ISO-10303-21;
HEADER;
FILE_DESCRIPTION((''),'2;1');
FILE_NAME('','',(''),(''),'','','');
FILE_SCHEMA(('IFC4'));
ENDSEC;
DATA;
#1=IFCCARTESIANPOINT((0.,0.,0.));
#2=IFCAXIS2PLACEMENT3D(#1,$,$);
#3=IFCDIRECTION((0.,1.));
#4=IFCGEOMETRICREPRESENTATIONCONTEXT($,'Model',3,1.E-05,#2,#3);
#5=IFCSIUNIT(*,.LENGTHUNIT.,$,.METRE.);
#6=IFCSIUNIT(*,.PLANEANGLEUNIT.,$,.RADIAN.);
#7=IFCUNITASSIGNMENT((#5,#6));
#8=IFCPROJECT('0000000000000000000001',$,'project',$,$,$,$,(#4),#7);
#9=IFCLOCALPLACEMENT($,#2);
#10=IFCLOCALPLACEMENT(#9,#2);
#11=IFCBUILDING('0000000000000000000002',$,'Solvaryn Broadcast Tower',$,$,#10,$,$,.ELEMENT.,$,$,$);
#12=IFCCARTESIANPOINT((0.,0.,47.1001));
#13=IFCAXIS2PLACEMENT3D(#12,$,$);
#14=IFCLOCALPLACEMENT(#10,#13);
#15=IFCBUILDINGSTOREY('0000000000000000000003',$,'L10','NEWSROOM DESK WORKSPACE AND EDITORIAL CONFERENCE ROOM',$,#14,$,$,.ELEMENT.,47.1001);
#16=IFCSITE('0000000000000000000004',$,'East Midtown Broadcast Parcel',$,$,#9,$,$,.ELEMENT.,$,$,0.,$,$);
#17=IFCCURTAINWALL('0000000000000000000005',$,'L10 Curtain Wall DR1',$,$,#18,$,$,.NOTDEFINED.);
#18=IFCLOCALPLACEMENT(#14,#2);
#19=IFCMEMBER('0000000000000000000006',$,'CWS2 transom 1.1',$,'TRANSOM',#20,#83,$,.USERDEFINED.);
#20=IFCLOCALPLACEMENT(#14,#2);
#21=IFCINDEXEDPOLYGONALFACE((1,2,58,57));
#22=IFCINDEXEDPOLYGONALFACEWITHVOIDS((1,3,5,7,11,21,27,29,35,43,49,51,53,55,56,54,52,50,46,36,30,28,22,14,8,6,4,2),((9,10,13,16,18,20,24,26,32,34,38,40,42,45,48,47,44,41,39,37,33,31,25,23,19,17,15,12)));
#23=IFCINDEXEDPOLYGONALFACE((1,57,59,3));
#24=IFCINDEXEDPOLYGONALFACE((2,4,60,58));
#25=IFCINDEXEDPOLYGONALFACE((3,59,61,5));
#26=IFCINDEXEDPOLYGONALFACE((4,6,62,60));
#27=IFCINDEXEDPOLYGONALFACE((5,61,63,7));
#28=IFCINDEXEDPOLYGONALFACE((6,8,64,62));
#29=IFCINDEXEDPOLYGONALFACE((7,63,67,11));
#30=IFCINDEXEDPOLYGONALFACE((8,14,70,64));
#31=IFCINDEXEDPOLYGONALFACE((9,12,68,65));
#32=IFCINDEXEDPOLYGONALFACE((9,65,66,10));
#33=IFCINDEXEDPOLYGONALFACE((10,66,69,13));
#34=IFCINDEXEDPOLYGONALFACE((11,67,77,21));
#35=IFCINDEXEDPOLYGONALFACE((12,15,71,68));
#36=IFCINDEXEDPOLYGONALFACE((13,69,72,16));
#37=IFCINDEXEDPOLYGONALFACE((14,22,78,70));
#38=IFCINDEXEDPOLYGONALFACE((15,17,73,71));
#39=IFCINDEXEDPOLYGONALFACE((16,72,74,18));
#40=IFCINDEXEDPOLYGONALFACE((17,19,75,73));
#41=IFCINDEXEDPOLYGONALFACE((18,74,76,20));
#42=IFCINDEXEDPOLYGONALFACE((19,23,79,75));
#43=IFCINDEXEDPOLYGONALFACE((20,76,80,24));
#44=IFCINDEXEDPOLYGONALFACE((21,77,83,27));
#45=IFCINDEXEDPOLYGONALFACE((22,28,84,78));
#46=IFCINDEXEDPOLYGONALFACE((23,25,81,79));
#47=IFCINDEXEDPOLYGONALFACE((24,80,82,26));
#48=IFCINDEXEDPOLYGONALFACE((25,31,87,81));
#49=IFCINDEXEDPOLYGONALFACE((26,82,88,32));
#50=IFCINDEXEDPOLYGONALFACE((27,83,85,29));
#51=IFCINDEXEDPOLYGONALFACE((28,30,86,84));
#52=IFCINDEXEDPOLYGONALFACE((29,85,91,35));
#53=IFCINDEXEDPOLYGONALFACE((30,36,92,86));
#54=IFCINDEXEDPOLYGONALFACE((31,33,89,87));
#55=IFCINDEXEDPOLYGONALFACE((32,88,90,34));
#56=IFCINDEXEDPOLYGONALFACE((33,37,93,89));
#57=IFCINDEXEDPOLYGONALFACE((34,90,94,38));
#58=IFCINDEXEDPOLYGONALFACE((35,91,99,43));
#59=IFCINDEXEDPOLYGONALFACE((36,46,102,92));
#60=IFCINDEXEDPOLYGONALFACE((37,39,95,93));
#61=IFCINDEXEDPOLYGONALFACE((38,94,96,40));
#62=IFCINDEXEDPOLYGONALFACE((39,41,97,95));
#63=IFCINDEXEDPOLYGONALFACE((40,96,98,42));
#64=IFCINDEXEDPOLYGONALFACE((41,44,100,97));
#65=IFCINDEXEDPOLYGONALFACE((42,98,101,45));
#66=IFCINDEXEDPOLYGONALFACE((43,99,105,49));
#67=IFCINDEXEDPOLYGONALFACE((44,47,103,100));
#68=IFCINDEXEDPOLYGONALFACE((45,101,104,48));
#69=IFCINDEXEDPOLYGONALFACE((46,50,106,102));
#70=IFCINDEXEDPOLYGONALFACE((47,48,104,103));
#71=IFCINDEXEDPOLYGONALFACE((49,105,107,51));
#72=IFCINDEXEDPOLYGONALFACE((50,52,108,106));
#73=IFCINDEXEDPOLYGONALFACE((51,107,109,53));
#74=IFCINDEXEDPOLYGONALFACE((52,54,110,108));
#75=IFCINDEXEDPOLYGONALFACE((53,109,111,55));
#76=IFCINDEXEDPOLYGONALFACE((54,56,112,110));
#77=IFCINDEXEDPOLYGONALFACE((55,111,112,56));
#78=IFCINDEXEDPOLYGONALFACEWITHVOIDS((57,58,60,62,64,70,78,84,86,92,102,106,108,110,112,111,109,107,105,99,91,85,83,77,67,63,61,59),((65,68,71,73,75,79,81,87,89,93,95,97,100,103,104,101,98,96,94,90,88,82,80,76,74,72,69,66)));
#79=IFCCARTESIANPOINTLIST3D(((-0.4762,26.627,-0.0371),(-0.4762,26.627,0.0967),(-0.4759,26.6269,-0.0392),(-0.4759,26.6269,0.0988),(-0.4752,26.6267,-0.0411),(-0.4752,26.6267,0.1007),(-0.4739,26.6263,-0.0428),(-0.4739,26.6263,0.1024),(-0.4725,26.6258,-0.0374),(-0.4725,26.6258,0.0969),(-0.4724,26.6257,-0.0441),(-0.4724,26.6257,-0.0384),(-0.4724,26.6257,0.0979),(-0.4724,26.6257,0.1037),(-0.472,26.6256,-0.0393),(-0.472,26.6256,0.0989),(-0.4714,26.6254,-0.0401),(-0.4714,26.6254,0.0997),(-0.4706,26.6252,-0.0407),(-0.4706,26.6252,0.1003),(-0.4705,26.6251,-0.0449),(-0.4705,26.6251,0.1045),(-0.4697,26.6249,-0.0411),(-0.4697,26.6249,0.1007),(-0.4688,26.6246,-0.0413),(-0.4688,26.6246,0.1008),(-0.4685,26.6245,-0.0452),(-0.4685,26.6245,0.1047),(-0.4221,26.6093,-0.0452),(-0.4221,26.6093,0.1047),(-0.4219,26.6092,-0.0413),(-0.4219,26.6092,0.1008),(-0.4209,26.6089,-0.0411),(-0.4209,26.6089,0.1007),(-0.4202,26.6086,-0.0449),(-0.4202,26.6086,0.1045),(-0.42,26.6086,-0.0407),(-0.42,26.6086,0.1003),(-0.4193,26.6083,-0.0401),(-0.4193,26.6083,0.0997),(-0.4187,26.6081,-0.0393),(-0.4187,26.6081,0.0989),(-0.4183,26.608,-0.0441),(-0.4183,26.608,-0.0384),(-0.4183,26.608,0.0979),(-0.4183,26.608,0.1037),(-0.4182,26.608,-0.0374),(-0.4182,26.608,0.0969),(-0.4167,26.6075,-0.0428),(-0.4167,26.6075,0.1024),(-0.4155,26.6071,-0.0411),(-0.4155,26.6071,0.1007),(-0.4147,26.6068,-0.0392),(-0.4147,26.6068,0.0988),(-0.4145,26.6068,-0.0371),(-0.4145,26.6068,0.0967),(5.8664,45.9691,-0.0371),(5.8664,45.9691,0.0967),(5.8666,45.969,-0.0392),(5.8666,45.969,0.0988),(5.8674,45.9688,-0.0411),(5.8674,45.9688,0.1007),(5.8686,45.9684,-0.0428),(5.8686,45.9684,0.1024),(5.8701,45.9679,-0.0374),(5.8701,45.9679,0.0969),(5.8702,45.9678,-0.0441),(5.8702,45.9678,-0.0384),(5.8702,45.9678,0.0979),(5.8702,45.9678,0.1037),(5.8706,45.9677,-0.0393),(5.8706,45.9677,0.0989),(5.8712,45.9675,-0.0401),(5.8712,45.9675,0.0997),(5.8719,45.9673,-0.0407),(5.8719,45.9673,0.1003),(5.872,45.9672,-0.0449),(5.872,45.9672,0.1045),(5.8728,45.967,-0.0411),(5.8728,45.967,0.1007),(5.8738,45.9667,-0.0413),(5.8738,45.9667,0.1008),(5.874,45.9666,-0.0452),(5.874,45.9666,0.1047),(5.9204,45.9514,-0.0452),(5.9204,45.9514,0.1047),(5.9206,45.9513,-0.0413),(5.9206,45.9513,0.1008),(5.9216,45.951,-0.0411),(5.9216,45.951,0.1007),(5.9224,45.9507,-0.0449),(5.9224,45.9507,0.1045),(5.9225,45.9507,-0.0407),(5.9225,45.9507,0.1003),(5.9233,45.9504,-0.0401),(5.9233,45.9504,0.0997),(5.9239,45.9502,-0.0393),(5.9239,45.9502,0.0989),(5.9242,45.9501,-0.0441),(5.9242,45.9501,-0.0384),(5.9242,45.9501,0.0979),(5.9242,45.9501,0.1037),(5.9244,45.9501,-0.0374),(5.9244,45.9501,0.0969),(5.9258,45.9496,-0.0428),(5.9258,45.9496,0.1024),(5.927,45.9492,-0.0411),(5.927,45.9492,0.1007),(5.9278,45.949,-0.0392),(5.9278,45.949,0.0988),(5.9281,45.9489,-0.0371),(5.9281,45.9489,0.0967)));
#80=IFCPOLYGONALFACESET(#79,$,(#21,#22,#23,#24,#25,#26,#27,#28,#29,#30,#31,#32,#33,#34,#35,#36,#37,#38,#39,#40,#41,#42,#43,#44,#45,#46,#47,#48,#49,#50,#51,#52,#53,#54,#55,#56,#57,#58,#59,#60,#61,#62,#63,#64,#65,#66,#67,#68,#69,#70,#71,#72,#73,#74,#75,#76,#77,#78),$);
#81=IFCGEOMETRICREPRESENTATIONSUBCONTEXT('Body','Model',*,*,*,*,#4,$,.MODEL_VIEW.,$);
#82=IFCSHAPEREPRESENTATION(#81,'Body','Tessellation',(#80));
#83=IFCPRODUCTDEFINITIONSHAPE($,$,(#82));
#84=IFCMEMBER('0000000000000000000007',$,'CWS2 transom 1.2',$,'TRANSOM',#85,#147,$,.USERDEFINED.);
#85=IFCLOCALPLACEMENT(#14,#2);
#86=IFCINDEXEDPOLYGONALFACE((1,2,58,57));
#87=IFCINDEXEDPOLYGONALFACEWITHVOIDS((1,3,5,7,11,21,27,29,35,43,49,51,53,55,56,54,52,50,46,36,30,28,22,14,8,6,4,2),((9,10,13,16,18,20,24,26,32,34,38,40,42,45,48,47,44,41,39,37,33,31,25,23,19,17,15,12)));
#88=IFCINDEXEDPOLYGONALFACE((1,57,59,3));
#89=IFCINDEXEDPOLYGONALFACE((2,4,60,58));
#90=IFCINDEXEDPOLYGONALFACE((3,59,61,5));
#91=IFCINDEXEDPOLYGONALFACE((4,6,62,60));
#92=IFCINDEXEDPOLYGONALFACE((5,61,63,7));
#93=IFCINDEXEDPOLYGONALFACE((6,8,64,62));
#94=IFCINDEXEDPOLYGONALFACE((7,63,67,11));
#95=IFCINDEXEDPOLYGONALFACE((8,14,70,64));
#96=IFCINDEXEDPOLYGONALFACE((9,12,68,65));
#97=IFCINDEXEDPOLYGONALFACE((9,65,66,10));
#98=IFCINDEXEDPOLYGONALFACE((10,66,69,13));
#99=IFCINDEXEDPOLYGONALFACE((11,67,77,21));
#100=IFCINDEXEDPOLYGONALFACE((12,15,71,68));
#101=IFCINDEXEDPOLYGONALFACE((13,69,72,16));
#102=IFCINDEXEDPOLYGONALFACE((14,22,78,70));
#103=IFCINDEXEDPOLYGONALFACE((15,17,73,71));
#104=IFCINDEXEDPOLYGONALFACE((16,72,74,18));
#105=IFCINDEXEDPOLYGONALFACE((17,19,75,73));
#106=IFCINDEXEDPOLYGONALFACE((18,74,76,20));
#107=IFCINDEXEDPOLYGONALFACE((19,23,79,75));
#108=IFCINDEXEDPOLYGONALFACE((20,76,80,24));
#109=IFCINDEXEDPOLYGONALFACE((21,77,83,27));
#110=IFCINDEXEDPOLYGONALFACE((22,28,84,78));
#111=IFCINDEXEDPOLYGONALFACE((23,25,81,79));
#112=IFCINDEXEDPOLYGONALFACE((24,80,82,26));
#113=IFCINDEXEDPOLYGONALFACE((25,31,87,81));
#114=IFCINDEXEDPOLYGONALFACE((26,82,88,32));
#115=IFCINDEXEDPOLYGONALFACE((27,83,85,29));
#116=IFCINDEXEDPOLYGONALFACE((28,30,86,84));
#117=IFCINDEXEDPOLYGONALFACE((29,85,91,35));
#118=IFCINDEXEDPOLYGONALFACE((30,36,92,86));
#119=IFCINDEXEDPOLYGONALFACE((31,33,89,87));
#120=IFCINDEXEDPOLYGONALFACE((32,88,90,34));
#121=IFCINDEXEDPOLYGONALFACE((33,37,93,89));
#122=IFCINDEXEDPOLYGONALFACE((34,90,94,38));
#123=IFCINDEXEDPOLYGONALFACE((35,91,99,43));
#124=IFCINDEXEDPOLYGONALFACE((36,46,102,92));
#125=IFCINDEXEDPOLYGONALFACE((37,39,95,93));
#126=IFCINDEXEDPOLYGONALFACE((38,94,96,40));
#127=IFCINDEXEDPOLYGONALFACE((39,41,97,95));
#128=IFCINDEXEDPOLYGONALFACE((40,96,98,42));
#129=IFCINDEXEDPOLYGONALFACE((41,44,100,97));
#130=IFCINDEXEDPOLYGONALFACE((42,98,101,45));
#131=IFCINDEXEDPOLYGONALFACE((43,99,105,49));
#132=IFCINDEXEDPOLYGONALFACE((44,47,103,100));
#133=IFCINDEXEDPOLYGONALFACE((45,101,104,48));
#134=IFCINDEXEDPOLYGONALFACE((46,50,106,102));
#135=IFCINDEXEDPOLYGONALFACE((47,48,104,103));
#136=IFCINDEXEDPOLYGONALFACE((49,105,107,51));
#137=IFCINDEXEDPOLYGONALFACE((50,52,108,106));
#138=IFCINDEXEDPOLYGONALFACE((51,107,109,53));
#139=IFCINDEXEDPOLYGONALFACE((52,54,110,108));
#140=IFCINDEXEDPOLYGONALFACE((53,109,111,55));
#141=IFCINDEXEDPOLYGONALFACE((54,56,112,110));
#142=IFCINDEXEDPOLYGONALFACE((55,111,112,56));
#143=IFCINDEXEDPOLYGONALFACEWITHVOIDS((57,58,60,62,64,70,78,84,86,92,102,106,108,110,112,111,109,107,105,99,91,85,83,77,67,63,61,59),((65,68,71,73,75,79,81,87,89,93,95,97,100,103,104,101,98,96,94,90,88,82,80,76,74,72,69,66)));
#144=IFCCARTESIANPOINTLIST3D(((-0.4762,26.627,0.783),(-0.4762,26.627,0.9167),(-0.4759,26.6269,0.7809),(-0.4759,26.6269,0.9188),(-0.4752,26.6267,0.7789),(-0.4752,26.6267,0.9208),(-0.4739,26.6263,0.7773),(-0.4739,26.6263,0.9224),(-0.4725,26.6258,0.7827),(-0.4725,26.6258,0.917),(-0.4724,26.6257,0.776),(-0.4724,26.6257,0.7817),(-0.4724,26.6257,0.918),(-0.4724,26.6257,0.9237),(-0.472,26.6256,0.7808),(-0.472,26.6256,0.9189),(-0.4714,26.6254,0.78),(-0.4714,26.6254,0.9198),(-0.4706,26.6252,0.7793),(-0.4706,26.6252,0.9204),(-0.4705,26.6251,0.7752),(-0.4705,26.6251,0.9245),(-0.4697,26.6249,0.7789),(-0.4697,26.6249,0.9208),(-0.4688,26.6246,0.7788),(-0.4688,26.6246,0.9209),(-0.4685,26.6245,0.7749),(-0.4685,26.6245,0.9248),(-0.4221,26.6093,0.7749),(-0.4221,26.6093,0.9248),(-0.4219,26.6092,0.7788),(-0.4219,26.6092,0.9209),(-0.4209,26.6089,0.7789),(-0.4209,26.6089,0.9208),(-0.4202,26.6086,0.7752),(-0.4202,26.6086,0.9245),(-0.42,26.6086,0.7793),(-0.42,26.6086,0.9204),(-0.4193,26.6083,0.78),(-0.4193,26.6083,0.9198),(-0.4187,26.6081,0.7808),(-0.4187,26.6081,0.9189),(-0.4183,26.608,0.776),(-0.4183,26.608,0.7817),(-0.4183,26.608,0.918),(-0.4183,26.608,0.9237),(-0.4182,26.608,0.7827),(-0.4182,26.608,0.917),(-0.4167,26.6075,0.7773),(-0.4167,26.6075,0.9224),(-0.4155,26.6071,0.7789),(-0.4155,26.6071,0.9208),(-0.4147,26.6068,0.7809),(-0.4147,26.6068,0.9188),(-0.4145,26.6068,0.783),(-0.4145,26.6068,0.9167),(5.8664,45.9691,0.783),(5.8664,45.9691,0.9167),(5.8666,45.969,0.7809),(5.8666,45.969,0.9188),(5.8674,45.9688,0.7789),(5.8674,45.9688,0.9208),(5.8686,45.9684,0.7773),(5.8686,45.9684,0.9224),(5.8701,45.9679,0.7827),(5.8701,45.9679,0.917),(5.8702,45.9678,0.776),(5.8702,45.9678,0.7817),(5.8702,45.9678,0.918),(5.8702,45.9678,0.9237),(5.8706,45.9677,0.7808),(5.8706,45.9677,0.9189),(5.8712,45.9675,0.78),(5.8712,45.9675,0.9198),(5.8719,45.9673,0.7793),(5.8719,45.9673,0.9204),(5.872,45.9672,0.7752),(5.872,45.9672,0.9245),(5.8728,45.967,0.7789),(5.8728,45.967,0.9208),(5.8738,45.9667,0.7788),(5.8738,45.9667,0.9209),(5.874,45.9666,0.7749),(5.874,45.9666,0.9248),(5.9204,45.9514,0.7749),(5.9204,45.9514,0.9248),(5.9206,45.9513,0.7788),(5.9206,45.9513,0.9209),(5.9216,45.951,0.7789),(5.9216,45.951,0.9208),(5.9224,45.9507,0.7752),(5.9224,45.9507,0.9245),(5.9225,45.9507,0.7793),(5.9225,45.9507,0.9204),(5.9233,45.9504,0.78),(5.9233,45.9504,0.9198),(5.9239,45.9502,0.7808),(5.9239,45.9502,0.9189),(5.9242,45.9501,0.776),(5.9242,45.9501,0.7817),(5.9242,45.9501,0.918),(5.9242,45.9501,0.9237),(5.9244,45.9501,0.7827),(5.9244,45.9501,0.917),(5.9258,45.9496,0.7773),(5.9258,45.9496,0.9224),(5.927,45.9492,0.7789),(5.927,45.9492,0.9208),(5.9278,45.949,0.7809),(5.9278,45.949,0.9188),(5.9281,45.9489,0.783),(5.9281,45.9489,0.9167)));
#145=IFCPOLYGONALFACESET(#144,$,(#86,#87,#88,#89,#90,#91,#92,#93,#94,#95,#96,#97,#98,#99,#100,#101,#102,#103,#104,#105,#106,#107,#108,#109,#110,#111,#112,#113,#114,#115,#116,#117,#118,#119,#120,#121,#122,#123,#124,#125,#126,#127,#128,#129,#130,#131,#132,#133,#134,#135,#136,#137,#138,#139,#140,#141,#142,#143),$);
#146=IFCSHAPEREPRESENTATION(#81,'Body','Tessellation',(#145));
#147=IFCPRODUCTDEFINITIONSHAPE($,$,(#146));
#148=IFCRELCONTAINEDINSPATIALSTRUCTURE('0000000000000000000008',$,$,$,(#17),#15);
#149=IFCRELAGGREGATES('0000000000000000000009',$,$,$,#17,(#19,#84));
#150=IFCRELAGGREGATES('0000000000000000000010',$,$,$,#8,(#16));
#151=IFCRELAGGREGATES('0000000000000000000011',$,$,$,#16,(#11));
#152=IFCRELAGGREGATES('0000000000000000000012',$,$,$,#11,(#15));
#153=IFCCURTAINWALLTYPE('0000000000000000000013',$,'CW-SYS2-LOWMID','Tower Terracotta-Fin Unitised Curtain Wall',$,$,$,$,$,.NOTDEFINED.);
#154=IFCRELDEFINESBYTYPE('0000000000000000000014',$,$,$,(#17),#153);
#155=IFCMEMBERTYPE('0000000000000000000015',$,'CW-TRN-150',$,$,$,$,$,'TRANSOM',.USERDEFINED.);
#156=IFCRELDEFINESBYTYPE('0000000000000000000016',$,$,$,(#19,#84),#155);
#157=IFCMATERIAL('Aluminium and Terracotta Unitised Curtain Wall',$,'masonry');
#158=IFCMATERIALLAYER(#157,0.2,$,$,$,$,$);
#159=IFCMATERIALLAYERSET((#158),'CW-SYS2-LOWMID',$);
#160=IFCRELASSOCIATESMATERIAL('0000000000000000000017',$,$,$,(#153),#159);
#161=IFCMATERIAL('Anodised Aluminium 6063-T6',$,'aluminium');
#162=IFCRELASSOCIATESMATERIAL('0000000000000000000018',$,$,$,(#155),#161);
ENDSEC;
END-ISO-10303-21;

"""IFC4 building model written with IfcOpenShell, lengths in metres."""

from ifc_helpers import new_model, si_unit, direction, frame, origin, origin_2d, place, context, subcontext, project, spatial, hollow_rectangle, extrude, material, layer, layer_set, material_profile, profile_set, type_object, element, aggregate, save


model = new_model("IFC4")

# Units and contexts
model_context = context("Model", 3, precision=1e-05, world=origin(), true_north=direction((0.0, 1.0)))
body_context = subcontext(model_context, "Body", "Model", "MODEL_VIEW")
ifc_project = project(units=[si_unit("LENGTHUNIT", "METRE"), si_unit("PLANEANGLEUNIT", "RADIAN")], contexts=[model_context])

# Site, building, storey
site_placement = place(None, origin())
site = spatial("IfcSite", under=ifc_project, at=site_placement, Name="East Midtown Broadcast Parcel", CompositionType="ELEMENT", RefElevation=0.0)
building_placement = place(site_placement, origin())
building = spatial("IfcBuilding", under=site, at=building_placement, Name="Solvaryn Broadcast Tower", CompositionType="ELEMENT")
storey_placement = place(building_placement, frame((0.0, 0.0, 47.1001)))
storey = spatial("IfcBuildingStorey", under=building, at=storey_placement, Name="L10", Description="NEWSROOM DESK WORKSPACE AND EDITORIAL CONFERENCE ROOM", CompositionType="ELEMENT", Elevation=47.1001)

# Curtain wall
ifc_material_1 = material(Name="Aluminium and Terracotta Unitised Curtain Wall", Category="masonry")
ifc_layer_1 = layer(ifc_material_1, 0.2)
ifc_layer_set_1 = layer_set([ifc_layer_1], Name="CW-SYS2-LOWMID")
curtain_wall_type = type_object("IfcCurtainWallType", Name="CW-SYS2-LOWMID", Description="Tower Terracotta-Fin Unitised Curtain Wall", PredefinedType="NOTDEFINED", material=ifc_layer_set_1)
curtain_wall_1_placement = place(storey_placement, origin())
curtain_wall_1 = element("IfcCurtainWall", 1, at=curtain_wall_1_placement, inside=storey, type_object=curtain_wall_type, Name="L10 Curtain Wall DR1", PredefinedType="NOTDEFINED")

# Members
ifc_material_2 = material(Name="Anodised Aluminium 6063-T6", Category="aluminium")
ifc_material_profile_1 = material_profile(ifc_material_2, hollow_rectangle(XDim=0.0649, YDim=0.1499, WallThickness=0.0039, InnerFilletRadius=0.0039, OuterFilletRadius=0.0081, at=origin_2d()))
ifc_profile_set_1 = profile_set([ifc_material_profile_1], Name="Anodised Aluminium 6063-T6")
member_type_1 = type_object("IfcMemberType", Name="CW-TRN-150", ElementType="TRANSOM", PredefinedType="USERDEFINED", material=ifc_profile_set_1)
member_1_placement = place(storey_placement, frame((5.8972, 45.959, 0.0298), z_axis=(-0.31159, -0.950217, 0.0), x_axis=(0.950217, -0.31159, 0.0)))
member_1 = element("IfcMember", 2, at=member_1_placement, type_object=member_type_1, Name="CWS2 transom 1.1", ObjectType="TRANSOM", PredefinedType="USERDEFINED", context=body_context, shape_type="SweptSolid", body=[
    extrude(hollow_rectangle(XDim=0.0649, YDim=0.1499, WallThickness=0.0039, InnerFilletRadius=0.0039, OuterFilletRadius=0.0081, at=origin_2d()), origin(), (0.0, 0.0, 1.0), 20.3555),
])
member_2_placement = place(storey_placement, frame((5.8972, 45.959, 0.8499), z_axis=(-0.31159, -0.950217, 0.0), x_axis=(0.950217, -0.31159, 0.0)))
member_2 = element("IfcMember", 3, at=member_2_placement, type_object=member_type_1, Name="CWS2 transom 1.2", ObjectType="TRANSOM", PredefinedType="USERDEFINED", context=body_context, shape_type="SweptSolid", body=[
    extrude(hollow_rectangle(XDim=0.0649, YDim=0.1499, WallThickness=0.0039, InnerFilletRadius=0.0039, OuterFilletRadius=0.0081, at=origin_2d()), origin(), (0.0, 0.0, 1.0), 20.3555),
])
aggregate(curtain_wall_1, [member_1, member_2])

save(model, "model.ifc")
